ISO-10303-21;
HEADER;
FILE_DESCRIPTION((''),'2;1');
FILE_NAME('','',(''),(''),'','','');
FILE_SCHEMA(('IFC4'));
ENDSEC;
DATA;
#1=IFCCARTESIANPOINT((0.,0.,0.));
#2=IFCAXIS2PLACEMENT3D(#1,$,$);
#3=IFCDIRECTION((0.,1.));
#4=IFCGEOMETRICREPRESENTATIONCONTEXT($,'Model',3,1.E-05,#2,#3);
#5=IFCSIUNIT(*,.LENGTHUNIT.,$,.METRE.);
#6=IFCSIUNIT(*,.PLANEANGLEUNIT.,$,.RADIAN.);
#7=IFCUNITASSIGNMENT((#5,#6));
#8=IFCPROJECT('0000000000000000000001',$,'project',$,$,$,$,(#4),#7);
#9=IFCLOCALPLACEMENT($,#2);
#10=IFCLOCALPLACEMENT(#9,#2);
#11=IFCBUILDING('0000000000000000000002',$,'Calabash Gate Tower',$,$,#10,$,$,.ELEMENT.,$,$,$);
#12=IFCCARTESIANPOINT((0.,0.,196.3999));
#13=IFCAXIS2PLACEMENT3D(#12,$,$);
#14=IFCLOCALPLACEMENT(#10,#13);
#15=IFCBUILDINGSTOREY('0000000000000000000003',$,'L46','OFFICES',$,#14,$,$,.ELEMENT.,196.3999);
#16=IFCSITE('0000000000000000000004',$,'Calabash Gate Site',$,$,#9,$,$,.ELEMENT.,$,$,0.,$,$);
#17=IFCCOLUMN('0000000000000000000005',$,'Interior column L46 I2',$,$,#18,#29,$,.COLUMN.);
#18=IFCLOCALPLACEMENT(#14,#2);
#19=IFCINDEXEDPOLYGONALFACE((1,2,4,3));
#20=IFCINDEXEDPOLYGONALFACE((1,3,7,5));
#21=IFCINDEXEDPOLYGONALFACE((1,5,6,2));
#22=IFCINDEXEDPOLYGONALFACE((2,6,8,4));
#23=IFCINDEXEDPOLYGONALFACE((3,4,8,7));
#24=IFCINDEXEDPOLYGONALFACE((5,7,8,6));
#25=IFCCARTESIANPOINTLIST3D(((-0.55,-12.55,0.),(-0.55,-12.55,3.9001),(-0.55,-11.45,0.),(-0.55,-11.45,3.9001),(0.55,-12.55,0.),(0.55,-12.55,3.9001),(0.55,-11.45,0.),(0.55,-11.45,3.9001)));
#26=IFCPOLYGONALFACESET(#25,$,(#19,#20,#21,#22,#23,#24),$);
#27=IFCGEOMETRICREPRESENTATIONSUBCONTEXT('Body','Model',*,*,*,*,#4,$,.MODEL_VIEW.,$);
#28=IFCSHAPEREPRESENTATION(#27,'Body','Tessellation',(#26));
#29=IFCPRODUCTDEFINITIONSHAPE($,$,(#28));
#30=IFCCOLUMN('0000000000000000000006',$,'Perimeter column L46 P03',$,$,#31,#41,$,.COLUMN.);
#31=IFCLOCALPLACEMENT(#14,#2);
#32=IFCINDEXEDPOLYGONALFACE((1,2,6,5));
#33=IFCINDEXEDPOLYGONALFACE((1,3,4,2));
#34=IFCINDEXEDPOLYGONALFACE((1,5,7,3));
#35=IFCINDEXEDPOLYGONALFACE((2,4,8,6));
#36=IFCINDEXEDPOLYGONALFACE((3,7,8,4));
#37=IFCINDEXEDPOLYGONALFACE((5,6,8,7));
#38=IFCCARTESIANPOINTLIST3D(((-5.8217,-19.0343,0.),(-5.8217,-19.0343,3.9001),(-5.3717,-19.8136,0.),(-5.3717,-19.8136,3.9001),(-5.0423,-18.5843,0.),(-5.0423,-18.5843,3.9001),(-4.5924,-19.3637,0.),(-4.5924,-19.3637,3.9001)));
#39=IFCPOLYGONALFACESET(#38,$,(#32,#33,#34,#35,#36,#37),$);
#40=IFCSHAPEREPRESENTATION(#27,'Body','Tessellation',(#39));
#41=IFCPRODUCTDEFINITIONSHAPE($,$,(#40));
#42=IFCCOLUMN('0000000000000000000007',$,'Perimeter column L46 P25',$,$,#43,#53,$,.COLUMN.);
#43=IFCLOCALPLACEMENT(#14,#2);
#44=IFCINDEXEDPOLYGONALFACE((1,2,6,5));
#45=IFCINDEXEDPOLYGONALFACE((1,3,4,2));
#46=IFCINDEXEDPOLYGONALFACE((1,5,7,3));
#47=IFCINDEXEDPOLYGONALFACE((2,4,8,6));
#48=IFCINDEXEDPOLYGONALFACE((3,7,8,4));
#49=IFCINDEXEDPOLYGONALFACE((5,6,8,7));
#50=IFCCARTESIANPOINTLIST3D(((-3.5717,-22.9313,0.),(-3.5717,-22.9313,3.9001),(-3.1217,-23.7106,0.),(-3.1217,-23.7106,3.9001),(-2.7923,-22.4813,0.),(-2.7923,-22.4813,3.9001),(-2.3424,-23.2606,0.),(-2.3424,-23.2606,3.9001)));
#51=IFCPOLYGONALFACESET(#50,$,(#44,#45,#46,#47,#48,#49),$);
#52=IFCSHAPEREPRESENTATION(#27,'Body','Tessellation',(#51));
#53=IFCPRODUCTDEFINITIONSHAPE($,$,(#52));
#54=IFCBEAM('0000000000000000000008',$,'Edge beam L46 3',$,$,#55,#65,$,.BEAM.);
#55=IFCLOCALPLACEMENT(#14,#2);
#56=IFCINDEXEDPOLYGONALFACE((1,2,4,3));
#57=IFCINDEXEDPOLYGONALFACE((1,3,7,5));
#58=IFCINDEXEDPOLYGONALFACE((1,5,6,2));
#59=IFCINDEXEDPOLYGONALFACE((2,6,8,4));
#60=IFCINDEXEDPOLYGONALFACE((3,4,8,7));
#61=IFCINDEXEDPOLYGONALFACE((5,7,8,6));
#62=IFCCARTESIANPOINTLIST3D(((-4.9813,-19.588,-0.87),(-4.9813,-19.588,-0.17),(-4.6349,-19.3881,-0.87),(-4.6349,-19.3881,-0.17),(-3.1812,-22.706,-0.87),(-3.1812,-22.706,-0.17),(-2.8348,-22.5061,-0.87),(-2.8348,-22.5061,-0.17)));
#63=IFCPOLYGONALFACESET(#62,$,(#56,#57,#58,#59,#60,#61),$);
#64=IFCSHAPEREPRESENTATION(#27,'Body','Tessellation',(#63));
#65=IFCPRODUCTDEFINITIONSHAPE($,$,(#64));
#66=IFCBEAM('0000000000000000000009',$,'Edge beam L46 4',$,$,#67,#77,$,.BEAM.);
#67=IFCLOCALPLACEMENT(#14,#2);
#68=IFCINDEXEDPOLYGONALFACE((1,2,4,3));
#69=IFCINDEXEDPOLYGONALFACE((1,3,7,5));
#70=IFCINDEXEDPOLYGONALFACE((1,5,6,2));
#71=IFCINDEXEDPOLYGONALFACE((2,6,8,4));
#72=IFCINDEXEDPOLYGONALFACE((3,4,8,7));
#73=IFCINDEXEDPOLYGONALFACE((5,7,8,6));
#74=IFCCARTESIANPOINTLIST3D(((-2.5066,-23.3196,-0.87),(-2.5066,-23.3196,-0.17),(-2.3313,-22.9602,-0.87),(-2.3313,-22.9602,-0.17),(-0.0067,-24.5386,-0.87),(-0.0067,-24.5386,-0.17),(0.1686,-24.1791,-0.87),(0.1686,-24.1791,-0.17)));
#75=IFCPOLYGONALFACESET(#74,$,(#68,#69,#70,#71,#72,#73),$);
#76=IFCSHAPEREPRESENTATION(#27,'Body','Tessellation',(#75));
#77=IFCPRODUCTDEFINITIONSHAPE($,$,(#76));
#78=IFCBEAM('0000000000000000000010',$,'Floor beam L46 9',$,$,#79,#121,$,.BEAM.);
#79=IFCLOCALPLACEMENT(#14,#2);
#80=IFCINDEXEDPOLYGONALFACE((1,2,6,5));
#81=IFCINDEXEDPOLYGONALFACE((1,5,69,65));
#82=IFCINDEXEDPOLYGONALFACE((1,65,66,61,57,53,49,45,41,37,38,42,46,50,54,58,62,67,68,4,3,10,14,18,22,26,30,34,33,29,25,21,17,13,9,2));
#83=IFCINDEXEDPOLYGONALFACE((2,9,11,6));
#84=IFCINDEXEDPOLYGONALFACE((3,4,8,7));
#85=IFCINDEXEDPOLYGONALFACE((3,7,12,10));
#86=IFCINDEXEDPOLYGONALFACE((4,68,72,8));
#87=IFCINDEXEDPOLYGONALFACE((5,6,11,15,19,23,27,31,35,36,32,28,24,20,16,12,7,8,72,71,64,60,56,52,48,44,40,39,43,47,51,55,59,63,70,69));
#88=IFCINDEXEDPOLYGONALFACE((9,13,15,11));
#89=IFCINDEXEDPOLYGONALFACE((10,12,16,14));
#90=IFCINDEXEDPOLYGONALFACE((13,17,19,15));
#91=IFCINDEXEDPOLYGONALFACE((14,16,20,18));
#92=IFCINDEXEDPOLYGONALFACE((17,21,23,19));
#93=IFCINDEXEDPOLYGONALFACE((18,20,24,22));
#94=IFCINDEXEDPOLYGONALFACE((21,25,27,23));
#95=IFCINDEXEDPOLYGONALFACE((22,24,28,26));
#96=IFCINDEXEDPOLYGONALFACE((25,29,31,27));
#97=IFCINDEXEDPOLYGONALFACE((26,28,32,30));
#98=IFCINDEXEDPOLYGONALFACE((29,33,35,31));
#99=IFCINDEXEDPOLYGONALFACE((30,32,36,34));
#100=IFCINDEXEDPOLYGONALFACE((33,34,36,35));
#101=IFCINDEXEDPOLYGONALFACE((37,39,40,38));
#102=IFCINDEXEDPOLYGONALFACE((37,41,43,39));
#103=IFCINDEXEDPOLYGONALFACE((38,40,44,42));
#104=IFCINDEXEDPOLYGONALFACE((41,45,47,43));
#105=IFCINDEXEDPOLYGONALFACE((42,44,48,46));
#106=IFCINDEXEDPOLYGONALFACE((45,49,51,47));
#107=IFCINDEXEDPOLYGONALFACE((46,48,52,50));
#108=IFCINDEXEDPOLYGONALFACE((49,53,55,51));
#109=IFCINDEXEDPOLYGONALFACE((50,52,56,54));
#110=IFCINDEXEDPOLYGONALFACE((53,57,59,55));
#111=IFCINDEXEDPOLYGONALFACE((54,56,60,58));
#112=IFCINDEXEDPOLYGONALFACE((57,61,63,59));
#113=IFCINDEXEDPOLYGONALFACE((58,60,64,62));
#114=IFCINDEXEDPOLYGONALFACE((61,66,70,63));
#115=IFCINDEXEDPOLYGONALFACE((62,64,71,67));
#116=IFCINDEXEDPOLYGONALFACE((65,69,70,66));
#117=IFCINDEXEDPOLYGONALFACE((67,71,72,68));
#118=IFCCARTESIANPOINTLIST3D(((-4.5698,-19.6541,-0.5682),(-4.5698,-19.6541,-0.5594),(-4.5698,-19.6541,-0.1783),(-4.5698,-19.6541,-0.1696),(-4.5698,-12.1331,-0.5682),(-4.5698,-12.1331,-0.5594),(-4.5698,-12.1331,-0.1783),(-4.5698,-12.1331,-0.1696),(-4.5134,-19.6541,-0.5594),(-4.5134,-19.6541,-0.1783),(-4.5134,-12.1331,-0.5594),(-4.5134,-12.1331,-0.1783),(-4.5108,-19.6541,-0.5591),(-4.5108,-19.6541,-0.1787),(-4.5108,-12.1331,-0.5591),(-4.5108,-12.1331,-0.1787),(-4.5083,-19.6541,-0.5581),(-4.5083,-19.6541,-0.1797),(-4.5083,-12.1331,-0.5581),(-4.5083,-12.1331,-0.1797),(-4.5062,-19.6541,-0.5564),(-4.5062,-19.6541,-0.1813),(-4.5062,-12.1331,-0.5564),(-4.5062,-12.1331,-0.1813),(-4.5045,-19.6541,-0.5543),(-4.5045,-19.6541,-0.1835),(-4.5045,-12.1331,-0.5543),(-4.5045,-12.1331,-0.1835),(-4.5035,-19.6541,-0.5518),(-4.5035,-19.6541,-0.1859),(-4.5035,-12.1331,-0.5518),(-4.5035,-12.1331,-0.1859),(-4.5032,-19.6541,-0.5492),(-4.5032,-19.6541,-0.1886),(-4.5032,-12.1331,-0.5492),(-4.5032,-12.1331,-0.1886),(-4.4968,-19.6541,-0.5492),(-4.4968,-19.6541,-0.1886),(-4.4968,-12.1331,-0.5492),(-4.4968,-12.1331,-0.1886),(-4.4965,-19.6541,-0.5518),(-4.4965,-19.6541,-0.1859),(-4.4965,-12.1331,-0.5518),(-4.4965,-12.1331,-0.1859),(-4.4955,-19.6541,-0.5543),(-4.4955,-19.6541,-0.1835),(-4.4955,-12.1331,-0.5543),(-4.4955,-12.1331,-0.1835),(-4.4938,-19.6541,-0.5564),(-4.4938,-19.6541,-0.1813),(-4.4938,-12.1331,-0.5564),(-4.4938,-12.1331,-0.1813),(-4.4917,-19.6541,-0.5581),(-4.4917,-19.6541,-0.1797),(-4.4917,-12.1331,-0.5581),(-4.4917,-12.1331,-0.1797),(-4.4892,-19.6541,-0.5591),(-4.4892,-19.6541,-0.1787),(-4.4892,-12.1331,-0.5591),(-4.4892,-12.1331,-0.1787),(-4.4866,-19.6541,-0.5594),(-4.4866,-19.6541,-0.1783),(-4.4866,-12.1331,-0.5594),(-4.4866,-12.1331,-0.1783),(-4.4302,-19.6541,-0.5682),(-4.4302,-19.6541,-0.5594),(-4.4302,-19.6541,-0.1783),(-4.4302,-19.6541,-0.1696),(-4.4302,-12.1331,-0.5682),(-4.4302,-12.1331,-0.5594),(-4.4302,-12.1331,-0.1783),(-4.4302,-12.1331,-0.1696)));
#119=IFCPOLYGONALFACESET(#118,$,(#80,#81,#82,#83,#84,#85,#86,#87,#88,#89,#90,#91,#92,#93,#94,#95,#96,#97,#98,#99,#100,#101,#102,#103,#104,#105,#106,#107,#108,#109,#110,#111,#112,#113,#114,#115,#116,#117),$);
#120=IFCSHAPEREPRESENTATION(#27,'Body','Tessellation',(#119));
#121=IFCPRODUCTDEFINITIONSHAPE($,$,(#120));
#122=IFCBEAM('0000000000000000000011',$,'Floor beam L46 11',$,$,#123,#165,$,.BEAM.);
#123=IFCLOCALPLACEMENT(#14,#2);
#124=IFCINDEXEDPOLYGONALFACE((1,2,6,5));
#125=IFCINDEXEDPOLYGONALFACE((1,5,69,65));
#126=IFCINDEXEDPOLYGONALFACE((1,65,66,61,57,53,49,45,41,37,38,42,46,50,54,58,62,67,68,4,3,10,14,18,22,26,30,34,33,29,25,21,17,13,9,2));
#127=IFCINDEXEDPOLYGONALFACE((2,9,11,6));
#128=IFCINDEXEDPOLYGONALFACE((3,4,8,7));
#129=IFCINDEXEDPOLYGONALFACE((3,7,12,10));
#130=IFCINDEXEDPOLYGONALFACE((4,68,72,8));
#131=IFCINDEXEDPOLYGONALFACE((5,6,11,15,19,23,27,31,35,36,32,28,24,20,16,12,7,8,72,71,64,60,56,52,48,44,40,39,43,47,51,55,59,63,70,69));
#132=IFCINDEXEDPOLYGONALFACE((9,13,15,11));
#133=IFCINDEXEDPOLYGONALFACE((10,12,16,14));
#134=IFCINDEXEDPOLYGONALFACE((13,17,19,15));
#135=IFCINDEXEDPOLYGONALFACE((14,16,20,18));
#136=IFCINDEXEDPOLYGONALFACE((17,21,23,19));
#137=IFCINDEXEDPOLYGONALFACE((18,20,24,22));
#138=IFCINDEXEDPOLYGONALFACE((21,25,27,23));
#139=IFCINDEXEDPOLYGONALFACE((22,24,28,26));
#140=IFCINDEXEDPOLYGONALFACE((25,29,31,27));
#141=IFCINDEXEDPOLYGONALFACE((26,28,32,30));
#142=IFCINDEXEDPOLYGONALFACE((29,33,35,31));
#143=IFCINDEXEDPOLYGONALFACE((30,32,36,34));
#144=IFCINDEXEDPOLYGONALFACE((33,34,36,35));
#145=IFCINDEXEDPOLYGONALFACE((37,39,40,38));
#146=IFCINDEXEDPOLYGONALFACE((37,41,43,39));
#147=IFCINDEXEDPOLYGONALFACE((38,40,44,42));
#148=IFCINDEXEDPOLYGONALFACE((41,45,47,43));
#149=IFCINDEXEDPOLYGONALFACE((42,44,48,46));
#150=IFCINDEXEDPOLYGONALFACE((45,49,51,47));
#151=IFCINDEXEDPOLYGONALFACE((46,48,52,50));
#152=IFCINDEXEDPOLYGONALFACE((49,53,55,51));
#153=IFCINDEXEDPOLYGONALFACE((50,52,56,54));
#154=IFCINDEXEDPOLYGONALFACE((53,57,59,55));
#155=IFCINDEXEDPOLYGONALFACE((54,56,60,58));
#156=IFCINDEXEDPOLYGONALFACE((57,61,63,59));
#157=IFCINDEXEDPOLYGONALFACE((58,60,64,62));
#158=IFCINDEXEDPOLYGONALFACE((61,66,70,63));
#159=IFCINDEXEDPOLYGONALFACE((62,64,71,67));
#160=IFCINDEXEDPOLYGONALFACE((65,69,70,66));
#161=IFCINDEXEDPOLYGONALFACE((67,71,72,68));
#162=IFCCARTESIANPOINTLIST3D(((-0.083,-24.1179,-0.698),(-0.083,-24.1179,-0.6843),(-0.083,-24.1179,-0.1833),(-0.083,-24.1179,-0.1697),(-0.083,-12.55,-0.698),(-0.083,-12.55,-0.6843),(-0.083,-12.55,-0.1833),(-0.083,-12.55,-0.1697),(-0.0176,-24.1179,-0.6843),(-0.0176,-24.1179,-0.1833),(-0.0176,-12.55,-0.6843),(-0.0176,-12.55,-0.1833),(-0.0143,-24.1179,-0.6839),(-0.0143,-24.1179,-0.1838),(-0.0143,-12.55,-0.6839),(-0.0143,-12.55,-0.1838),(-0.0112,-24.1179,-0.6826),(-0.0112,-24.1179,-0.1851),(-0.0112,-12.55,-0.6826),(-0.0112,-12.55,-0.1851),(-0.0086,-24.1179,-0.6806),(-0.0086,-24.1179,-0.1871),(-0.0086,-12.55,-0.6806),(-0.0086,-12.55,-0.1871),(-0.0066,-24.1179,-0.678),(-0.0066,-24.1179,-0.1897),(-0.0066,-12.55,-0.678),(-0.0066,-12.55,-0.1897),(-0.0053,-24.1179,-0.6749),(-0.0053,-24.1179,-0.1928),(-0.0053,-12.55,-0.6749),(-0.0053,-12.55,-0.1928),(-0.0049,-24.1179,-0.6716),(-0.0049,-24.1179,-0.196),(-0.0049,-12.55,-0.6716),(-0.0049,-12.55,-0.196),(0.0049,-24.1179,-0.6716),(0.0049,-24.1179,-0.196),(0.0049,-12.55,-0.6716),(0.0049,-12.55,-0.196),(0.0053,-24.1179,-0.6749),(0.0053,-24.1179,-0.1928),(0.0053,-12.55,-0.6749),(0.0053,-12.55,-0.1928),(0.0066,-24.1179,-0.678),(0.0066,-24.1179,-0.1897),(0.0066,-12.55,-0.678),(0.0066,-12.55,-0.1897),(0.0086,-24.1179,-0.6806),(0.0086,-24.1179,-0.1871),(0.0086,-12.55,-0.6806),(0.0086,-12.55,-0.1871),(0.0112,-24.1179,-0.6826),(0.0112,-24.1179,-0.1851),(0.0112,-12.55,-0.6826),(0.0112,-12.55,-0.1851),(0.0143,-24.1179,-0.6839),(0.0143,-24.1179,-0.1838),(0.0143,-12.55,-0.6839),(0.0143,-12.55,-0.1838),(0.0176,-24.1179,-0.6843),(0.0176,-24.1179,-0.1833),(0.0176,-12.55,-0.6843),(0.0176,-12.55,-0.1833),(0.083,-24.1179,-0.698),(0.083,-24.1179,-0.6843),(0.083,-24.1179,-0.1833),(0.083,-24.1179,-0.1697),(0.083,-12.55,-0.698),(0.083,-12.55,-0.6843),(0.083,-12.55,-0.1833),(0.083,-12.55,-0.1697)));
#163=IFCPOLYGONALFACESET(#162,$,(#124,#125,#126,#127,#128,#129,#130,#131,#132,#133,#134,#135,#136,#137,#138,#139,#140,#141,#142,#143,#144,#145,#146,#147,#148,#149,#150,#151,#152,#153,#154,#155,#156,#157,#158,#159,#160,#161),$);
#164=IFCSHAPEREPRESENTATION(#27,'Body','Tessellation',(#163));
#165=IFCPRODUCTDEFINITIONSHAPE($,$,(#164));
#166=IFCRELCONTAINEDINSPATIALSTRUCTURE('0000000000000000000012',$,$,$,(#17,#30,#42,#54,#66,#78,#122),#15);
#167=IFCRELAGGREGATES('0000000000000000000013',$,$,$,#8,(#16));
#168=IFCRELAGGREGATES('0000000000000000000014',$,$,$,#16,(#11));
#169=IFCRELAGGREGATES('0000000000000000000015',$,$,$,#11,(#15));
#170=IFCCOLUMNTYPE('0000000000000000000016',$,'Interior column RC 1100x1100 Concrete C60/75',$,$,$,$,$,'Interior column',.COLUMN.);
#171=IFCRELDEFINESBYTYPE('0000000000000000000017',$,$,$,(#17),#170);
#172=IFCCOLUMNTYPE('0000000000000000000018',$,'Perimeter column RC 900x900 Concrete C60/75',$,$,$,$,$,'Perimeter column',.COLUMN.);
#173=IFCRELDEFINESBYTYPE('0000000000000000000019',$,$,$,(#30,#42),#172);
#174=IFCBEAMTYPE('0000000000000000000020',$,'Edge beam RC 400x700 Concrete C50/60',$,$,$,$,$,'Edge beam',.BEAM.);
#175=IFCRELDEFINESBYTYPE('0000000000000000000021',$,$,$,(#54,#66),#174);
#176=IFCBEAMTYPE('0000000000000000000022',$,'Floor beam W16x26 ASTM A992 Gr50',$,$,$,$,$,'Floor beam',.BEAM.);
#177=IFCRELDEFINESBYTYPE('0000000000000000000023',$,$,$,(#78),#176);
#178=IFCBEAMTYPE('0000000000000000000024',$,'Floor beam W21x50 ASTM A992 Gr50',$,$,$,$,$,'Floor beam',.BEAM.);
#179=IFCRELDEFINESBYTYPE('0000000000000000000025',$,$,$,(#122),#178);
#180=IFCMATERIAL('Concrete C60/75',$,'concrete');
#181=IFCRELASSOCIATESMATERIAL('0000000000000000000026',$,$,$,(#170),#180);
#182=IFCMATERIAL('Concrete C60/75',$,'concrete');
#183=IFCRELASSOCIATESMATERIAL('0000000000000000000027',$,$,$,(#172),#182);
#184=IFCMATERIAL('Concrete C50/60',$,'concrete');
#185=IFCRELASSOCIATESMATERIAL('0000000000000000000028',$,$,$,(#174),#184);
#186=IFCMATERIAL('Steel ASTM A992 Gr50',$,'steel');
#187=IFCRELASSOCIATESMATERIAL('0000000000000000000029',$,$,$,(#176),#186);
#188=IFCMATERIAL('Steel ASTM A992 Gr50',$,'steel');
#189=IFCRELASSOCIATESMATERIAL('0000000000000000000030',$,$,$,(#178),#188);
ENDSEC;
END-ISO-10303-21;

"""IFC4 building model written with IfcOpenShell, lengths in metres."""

from ifc_helpers import new_model, si_unit, direction, frame, origin, origin_2d, place, context, subcontext, project, spatial, rectangle, i_section, extrude, material, material_profile, profile_set, type_object, element, save


model = new_model("IFC4")

# Units and contexts
model_context = context("Model", 3, precision=1e-05, world=origin(), true_north=direction((0.0, 1.0)))
body_context = subcontext(model_context, "Body", "Model", "MODEL_VIEW")
ifc_project = project(units=[si_unit("LENGTHUNIT", "METRE"), si_unit("PLANEANGLEUNIT", "RADIAN")], contexts=[model_context])

# Site, building, storey
site_placement = place(None, origin())
site = spatial("IfcSite", under=ifc_project, at=site_placement, Name="Calabash Gate Site", CompositionType="ELEMENT", RefElevation=0.0)
building_placement = place(site_placement, origin())
building = spatial("IfcBuilding", under=site, at=building_placement, Name="Calabash Gate Tower", CompositionType="ELEMENT")
storey_placement = place(building_placement, frame((0.0, 0.0, 196.3999)))
storey = spatial("IfcBuildingStorey", under=building, at=storey_placement, Name="L46", Description="OFFICES", CompositionType="ELEMENT", Elevation=196.3999)

# Columns
ifc_material_1 = material(Name="Concrete C60/75", Category="concrete")
ifc_material_profile_1 = material_profile(ifc_material_1, rectangle(XDim=1.1001, YDim=1.1001, at=origin_2d()))
ifc_profile_set_1 = profile_set([ifc_material_profile_1], Name="Concrete C60/75")
column_type_1 = type_object("IfcColumnType", Name="Interior column RC 1100x1100 Concrete C60/75", ElementType="Interior column", PredefinedType="COLUMN", material=ifc_profile_set_1)
column_placement = place(storey_placement, frame((0.0, -12.0, 0.0), z_axis=(0.0, 0.0, 1.0), x_axis=(1.0, 0.0, 0.0)))
element("IfcColumn", 1, at=column_placement, inside=storey, type_object=column_type_1, Name="Interior column L46 I2", PredefinedType="COLUMN", context=body_context, shape_type="SweptSolid", body=[
    extrude(rectangle(XDim=1.1001, YDim=1.1001, at=origin_2d()), origin(), (0.0, 0.0, 1.0), 3.9001),
])
ifc_material_2 = material(Name="Concrete C60/75", Category="concrete")
ifc_material_profile_2 = material_profile(ifc_material_2, rectangle(XDim=0.8999, YDim=0.8999, at=origin_2d()))
ifc_profile_set_2 = profile_set([ifc_material_profile_2], Name="Concrete C60/75")
column_type_2 = type_object("IfcColumnType", Name="Perimeter column RC 900x900 Concrete C60/75", ElementType="Perimeter column", PredefinedType="COLUMN", material=ifc_profile_set_2)
for number, where, z_axis, x_axis, name in (
    (2, (-5.207, -19.199, 0.0), (0.0, 0.0, 1.0), (0.5, -0.866025, 0.0), "Perimeter column L46 P03"),
    (3, (-2.957, -23.0959, 0.0), (0.0, 0.0, 1.0), (0.5, -0.866025, 0.0), "Perimeter column L46 P25"),
):
    element("IfcColumn", number, at=place(storey_placement, frame(where, z_axis=z_axis, x_axis=x_axis)), inside=storey, type_object=column_type_2, Name=name, PredefinedType="COLUMN", context=body_context, shape_type="SweptSolid", body=[
        extrude(rectangle(XDim=0.8999, YDim=0.8999, at=origin_2d()), origin(), (0.0, 0.0, 1.0), 3.9001),
    ])

# Beams
ifc_material_3 = material(Name="Concrete C50/60", Category="concrete")
ifc_material_profile_3 = material_profile(ifc_material_3, rectangle(XDim=0.3999, YDim=0.7, at=origin_2d()))
ifc_profile_set_3 = profile_set([ifc_material_profile_3], Name="Concrete C50/60")
beam_type_1 = type_object("IfcBeamType", Name="Edge beam RC 400x700 Concrete C50/60", ElementType="Edge beam", PredefinedType="BEAM", material=ifc_profile_set_3)
beam_1_placement = place(storey_placement, frame((-4.8081, -19.488, -0.52), z_axis=(0.499983, -0.866035, 0.0), x_axis=(0.866035, 0.499983, 0.0)))
element("IfcBeam", 4, at=beam_1_placement, inside=storey, type_object=beam_type_1, Name="Edge beam L46 3", PredefinedType="BEAM", context=body_context, shape_type="SweptSolid", body=[
    extrude(rectangle(XDim=0.3999, YDim=0.7, at=origin_2d()), origin(), (0.0, 0.0, 1.0), 3.6003),
])
beam_2_placement = place(storey_placement, frame((-2.4189, -23.1399, -0.52), z_axis=(0.898842, -0.438273, 0.0), x_axis=(0.438273, 0.898842, 0.0)))
element("IfcBeam", 5, at=beam_2_placement, inside=storey, type_object=beam_type_1, Name="Edge beam L46 4", PredefinedType="BEAM", context=body_context, shape_type="SweptSolid", body=[
    extrude(rectangle(XDim=0.3999, YDim=0.7, at=origin_2d()), origin(), (0.0, 0.0, 1.0), 2.7812),
])
ifc_material_4 = material(Name="Steel ASTM A992 Gr50", Category="steel")
ifc_material_profile_4 = material_profile(ifc_material_4, i_section(OverallWidth=0.1396, OverallDepth=0.3987, WebThickness=0.0063, FlangeThickness=0.0088, FilletRadius=0.0103, at=origin_2d()))
ifc_profile_set_4 = profile_set([ifc_material_profile_4], Name="Steel ASTM A992 Gr50")
beam_type_2 = type_object("IfcBeamType", Name="Floor beam W16x26 ASTM A992 Gr50", ElementType="Floor beam", PredefinedType="BEAM", material=ifc_profile_set_4)
beam_3_placement = place(storey_placement, frame((-4.5, -19.6541, -0.3689), z_axis=(0.0, 1.0, 0.0), x_axis=(-1.0, 0.0, 0.0)))
element("IfcBeam", 6, at=beam_3_placement, inside=storey, type_object=beam_type_2, Name="Floor beam L46 9", PredefinedType="BEAM", context=body_context, shape_type="SweptSolid", body=[
    extrude(i_section(OverallWidth=0.1396, OverallDepth=0.3987, WebThickness=0.0063, FlangeThickness=0.0088, FilletRadius=0.0103, at=origin_2d()), origin(), (0.0, 0.0, 1.0), 7.521),
])
ifc_material_5 = material(Name="Steel ASTM A992 Gr50", Category="steel")
ifc_material_profile_5 = material_profile(ifc_material_5, i_section(OverallWidth=0.166, OverallDepth=0.5283, WebThickness=0.0098, FlangeThickness=0.0137, FilletRadius=0.0127, at=origin_2d()))
ifc_profile_set_5 = profile_set([ifc_material_profile_5], Name="Steel ASTM A992 Gr50")
beam_type_3 = type_object("IfcBeamType", Name="Floor beam W21x50 ASTM A992 Gr50", ElementType="Floor beam", PredefinedType="BEAM", material=ifc_profile_set_5)
beam_4_placement = place(storey_placement, frame((0.0, -24.1179, -0.4338), z_axis=(0.0, 1.0, 0.0), x_axis=(-1.0, 0.0, 0.0)))
element("IfcBeam", 7, at=beam_4_placement, inside=storey, type_object=beam_type_3, Name="Floor beam L46 11", PredefinedType="BEAM", context=body_context, shape_type="SweptSolid", body=[
    extrude(i_section(OverallWidth=0.166, OverallDepth=0.5283, WebThickness=0.0098, FlangeThickness=0.0137, FilletRadius=0.0127, at=origin_2d()), origin(), (0.0, 0.0, 1.0), 11.5679),
])

save(model, "model.ifc")
